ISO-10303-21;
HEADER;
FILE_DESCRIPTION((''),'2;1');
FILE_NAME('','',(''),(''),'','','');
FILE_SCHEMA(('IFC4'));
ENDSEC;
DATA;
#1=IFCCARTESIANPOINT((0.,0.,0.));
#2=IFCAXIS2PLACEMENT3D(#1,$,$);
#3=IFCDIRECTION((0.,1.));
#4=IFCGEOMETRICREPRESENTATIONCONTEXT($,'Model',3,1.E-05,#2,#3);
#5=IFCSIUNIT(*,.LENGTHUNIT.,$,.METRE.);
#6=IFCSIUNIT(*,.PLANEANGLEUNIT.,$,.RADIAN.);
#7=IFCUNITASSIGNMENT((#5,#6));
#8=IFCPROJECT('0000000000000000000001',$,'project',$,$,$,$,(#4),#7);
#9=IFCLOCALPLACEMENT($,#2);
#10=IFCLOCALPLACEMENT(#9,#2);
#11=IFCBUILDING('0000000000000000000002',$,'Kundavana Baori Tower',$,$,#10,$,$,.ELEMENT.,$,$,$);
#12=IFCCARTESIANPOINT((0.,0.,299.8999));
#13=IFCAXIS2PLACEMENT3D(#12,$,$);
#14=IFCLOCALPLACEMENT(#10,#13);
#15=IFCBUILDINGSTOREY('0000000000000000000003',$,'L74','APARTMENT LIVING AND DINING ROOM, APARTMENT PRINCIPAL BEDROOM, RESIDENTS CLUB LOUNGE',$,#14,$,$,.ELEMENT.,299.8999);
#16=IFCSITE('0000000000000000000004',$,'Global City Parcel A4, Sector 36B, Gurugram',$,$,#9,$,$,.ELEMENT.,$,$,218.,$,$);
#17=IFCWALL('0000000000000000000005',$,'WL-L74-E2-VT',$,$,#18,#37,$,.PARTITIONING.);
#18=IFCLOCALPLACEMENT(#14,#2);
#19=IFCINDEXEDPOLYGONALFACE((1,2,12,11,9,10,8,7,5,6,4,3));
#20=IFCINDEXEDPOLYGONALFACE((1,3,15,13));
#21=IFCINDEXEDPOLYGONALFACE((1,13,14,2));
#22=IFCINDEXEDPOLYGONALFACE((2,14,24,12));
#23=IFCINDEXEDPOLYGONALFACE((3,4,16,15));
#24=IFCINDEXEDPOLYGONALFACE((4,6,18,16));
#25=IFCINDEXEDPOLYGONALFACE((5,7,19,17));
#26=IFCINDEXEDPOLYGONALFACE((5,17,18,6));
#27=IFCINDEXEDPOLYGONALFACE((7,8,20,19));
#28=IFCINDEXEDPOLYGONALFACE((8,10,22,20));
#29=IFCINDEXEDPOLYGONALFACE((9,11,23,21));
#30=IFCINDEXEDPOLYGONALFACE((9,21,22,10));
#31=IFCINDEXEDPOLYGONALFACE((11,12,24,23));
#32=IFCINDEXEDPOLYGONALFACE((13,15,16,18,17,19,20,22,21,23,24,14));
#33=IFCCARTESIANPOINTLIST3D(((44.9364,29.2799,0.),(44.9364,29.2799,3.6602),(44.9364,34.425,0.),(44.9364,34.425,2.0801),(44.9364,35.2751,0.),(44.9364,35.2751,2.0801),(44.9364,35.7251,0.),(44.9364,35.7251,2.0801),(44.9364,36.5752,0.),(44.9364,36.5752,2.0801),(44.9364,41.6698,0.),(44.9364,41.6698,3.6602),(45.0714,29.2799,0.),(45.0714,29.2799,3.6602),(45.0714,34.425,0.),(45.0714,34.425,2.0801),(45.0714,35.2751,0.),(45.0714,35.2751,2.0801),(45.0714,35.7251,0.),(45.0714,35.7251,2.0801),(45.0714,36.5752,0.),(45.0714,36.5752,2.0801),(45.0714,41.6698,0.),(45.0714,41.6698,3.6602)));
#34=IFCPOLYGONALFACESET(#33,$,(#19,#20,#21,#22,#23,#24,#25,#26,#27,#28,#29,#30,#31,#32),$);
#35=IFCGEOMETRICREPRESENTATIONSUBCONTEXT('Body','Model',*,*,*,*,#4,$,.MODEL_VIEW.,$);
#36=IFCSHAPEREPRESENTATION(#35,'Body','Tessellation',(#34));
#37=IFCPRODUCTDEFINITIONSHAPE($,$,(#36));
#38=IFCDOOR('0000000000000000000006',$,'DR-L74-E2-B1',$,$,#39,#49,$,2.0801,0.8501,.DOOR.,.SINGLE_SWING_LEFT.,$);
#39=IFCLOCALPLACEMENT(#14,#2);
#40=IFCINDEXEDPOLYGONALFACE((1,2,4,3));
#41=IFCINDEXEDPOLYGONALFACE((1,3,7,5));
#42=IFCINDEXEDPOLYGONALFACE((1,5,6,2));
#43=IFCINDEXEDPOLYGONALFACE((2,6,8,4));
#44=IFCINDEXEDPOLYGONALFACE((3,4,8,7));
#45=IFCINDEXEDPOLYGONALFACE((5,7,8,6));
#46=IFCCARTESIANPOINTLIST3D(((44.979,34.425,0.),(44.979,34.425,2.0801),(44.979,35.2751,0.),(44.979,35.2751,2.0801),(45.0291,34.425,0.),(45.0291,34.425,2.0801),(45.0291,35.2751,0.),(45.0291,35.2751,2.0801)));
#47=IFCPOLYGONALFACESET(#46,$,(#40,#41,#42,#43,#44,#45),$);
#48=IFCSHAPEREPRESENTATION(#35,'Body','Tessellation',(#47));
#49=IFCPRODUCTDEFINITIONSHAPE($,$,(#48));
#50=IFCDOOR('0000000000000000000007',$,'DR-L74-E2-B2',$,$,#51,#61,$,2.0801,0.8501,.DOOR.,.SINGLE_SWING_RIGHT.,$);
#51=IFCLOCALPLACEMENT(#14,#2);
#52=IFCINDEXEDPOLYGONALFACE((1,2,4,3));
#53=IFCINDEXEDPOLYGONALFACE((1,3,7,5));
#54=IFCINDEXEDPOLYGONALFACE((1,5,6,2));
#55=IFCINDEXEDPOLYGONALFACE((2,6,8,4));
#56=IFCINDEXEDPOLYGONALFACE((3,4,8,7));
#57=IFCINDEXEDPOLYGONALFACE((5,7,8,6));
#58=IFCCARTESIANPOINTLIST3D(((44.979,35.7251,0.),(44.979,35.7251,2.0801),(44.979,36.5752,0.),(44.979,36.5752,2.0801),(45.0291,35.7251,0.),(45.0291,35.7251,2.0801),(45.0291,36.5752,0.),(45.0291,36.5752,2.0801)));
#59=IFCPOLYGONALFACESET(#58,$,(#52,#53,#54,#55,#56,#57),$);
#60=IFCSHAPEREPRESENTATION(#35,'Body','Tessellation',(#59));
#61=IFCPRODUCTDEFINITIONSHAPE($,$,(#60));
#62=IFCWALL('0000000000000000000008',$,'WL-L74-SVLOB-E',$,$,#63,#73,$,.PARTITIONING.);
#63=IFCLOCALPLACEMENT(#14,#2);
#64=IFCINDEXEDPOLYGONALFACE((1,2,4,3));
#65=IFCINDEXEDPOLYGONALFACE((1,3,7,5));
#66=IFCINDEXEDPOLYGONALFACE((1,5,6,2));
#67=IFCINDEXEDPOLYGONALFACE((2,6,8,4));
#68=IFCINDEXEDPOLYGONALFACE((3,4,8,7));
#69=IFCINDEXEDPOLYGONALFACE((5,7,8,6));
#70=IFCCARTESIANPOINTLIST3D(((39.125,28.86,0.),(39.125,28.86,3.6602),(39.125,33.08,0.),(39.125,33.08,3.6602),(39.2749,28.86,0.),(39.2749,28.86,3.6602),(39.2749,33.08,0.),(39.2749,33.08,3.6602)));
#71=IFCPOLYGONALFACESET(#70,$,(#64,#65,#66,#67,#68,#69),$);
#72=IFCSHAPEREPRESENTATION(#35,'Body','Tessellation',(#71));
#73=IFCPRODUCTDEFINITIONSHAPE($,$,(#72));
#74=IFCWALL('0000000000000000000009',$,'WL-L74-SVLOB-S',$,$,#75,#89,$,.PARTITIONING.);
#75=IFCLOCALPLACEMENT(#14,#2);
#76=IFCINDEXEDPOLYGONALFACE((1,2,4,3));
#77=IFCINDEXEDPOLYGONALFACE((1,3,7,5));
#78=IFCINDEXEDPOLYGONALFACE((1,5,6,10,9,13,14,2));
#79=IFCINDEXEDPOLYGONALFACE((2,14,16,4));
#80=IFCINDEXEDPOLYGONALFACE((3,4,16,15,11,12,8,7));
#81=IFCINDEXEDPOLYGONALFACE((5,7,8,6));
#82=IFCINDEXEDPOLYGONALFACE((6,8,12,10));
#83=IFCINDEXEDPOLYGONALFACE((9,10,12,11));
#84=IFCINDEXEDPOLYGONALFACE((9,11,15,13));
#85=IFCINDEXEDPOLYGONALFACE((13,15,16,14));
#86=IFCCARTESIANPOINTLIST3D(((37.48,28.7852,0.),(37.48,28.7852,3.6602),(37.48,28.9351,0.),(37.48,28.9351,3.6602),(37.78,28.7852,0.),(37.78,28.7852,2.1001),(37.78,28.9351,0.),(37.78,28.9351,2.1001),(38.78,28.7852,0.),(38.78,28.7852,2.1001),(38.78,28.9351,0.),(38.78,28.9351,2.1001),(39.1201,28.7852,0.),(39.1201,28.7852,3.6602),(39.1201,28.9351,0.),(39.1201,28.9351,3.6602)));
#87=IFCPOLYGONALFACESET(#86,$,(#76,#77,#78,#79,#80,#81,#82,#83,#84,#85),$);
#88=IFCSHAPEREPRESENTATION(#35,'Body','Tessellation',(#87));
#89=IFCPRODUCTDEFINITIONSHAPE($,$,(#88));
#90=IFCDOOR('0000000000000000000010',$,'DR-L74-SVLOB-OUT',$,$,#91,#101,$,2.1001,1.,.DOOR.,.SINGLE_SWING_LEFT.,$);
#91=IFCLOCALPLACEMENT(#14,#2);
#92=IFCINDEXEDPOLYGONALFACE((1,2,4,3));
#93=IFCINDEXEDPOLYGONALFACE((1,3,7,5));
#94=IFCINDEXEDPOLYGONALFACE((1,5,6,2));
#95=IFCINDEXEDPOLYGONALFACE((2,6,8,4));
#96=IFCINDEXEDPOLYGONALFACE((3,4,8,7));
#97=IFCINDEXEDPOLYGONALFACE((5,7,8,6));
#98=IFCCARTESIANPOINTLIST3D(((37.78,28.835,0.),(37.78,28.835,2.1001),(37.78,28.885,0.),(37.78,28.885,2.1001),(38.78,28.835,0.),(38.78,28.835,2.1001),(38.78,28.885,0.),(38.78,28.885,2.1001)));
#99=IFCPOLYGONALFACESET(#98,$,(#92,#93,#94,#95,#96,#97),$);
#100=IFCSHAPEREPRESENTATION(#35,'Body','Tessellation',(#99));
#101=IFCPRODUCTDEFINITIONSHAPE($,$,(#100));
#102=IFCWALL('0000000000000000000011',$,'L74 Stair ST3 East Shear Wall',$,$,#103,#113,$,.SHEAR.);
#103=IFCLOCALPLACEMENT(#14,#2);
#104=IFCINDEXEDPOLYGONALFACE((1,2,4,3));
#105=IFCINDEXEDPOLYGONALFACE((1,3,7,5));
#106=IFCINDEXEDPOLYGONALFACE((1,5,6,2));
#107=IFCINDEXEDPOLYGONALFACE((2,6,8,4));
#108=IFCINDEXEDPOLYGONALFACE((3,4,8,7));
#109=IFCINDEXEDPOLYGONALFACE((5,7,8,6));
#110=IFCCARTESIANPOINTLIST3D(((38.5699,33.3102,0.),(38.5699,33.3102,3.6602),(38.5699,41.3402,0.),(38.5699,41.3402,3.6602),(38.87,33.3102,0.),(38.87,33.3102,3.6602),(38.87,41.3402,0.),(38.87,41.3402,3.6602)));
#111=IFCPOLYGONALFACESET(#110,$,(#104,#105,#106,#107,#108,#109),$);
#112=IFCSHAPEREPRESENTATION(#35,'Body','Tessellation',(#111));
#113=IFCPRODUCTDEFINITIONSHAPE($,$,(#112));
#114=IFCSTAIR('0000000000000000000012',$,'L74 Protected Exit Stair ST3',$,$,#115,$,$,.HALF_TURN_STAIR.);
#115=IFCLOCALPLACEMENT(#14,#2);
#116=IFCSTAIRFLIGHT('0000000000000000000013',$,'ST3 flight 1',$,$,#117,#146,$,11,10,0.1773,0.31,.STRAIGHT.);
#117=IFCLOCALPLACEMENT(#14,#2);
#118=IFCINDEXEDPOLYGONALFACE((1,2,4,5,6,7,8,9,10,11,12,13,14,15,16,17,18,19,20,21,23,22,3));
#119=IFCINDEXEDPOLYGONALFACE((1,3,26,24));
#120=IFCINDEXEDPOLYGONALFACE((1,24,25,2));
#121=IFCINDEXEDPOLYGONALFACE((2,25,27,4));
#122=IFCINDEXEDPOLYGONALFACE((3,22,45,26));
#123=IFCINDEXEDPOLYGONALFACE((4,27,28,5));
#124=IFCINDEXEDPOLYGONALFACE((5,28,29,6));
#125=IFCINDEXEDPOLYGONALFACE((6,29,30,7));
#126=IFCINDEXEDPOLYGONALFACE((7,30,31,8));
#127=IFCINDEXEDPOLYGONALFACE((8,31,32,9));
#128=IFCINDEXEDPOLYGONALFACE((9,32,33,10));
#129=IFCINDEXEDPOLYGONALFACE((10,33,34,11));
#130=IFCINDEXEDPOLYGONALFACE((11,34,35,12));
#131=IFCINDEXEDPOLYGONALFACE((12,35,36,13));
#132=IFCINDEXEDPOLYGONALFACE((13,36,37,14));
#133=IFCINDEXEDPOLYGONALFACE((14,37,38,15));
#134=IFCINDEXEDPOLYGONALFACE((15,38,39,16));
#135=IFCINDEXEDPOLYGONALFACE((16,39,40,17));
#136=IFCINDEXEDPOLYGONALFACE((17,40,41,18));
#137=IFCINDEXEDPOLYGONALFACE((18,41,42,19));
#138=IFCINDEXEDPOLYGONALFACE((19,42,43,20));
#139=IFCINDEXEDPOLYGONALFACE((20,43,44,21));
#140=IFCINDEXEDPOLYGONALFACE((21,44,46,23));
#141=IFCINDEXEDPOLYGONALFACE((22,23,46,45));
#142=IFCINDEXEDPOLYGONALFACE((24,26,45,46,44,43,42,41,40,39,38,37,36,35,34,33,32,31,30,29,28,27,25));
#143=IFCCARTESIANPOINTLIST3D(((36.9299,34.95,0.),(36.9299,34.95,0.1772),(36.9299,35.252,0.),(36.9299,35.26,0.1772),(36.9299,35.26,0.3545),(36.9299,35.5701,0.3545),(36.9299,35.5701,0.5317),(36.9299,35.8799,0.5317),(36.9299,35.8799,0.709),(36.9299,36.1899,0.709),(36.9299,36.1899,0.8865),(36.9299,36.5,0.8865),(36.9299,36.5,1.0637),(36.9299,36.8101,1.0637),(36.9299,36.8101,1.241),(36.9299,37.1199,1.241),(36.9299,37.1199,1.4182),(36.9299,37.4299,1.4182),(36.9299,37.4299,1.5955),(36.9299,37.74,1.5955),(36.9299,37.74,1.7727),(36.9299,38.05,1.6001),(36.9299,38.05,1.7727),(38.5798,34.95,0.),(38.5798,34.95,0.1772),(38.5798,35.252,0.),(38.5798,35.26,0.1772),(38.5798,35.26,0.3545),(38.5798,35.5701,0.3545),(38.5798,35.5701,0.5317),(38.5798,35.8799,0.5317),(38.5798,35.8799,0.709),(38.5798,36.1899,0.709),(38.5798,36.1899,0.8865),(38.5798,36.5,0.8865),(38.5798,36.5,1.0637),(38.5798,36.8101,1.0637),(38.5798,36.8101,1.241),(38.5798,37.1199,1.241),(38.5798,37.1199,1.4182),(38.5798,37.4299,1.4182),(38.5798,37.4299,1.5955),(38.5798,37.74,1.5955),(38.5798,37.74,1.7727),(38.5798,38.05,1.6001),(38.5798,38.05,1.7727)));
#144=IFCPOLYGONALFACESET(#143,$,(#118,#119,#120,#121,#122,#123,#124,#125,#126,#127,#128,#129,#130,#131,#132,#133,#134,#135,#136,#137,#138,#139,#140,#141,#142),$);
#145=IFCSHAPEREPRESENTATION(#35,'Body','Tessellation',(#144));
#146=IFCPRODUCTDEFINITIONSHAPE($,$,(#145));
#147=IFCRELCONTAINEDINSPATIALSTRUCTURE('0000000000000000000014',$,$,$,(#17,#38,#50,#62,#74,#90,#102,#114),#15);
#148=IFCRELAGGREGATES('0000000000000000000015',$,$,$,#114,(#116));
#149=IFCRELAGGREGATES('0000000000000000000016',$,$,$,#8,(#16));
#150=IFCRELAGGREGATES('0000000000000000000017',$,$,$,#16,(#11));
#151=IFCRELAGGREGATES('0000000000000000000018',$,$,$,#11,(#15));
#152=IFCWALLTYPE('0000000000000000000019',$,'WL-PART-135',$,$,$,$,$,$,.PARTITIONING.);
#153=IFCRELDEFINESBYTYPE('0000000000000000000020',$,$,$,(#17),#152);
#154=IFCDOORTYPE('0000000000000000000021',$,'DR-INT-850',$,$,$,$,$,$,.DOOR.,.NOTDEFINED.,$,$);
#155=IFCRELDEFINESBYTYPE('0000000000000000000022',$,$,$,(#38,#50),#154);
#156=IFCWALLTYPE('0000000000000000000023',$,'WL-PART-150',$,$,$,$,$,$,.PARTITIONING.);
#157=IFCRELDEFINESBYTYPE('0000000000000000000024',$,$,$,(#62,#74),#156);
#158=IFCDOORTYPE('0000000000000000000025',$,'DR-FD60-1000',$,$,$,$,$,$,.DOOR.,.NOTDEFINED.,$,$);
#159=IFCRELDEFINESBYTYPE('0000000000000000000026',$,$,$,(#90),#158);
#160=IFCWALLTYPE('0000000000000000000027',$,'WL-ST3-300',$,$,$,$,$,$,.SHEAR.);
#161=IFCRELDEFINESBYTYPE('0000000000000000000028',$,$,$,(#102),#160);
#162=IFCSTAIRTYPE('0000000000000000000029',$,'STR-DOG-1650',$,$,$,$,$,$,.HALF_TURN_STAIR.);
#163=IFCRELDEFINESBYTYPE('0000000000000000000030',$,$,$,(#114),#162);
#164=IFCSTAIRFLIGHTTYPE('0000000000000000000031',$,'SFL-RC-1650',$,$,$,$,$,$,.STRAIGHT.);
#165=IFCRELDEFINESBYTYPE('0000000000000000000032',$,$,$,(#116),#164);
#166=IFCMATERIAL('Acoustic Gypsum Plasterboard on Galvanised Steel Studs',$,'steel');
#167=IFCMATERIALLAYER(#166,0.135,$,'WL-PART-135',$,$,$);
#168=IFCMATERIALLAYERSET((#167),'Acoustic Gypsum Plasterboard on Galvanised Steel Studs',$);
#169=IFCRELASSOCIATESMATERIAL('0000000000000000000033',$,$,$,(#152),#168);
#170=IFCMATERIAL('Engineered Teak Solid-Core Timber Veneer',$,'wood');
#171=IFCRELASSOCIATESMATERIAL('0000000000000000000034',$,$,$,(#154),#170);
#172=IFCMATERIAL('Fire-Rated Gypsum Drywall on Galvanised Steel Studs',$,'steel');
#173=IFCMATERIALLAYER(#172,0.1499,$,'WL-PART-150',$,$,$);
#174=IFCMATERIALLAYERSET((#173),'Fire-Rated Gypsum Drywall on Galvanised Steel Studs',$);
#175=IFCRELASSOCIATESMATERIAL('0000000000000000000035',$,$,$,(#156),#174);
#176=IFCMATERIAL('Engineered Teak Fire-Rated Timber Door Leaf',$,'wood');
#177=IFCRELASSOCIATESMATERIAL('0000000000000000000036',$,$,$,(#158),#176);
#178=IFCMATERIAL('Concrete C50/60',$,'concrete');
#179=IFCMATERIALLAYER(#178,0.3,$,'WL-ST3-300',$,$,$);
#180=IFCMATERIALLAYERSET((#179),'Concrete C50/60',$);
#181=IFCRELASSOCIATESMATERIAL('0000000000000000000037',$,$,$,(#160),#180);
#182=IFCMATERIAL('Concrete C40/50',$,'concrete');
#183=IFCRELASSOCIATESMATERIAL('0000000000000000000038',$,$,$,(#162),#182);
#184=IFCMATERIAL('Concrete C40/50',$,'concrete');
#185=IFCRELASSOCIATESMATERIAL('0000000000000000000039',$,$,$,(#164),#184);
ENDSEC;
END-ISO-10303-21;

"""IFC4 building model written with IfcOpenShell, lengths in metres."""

from ifc_helpers import new_model, si_unit, direction, frame, frame_2d, origin, place, context, subcontext, project, spatial, polyline, rectangle, outline, extrude, material, layer, layer_set, type_object, element, fill, aggregate, save


model = new_model("IFC4")

# Units and contexts
model_context = context("Model", 3, precision=1e-05, world=origin(), true_north=direction((0.0, 1.0)))
body_context = subcontext(model_context, "Body", "Model", "MODEL_VIEW")
ifc_project = project(units=[si_unit("LENGTHUNIT", "METRE"), si_unit("PLANEANGLEUNIT", "RADIAN")], contexts=[model_context])

# Site, building, storey
site_placement = place(None, origin())
site = spatial("IfcSite", under=ifc_project, at=site_placement, Name="Global City Parcel A4, Sector 36B, Gurugram", CompositionType="ELEMENT", RefElevation=218.0)
building_placement = place(site_placement, origin())
building = spatial("IfcBuilding", under=site, at=building_placement, Name="Kundavana Baori Tower", CompositionType="ELEMENT")
storey_placement = place(building_placement, frame((0.0, 0.0, 299.8999)))
storey = spatial("IfcBuildingStorey", under=building, at=storey_placement, Name="L74", Description="APARTMENT LIVING AND DINING ROOM, APARTMENT PRINCIPAL BEDROOM, RESIDENTS CLUB LOUNGE", CompositionType="ELEMENT", Elevation=299.8999)

# Shared definitions
ifc_material_1 = material(Name="Acoustic Gypsum Plasterboard on Galvanised Steel Studs", Category="steel")
ifc_layer_1 = layer(ifc_material_1, 0.135, Name="WL-PART-135")
ifc_layer_set_1 = layer_set([ifc_layer_1], Name="Acoustic Gypsum Plasterboard on Galvanised Steel Studs")
wall_type_1 = type_object("IfcWallType", Name="WL-PART-135", PredefinedType="PARTITIONING", material=ifc_layer_set_1)

# Wall, openings, doors
wall_1_placement = place(storey_placement, frame((45.0039, 29.28, 0.0), z_axis=(0.0, 0.0, 1.0), x_axis=(0.0, 1.0, 0.0)))
wall_1 = element("IfcWall", 1, at=wall_1_placement, inside=storey, type_object=wall_type_1, Name="WL-L74-E2-VT", PredefinedType="PARTITIONING", context=body_context, shape_type="SweptSolid", body=[
    extrude(rectangle(XDim=12.3899, YDim=0.135, at=frame_2d((6.1948, 0.0))), origin(), (0.0, 0.0, 1.0), 3.6602),
])
opening_1_placement = place(wall_1_placement, frame((5.145, 0.0, 0.0)))
opening_1 = element("IfcOpeningElement", 2, at=opening_1_placement, cuts=wall_1, PredefinedType="OPENING", context=body_context, shape_type="SweptSolid", body=[
    extrude(rectangle(XDim=0.8501, YDim=2.0801, at=frame_2d((0.425, 1.04))), frame((0.0, 0.0776, 0.0), z_axis=(0.0, -1.0, 0.0), x_axis=(1.0, 0.0, 0.0)), (0.0, 0.0, 1.0), 0.155),
])
opening_2_placement = place(wall_1_placement, frame((6.4451, 0.0, 0.0)))
opening_2 = element("IfcOpeningElement", 3, at=opening_2_placement, cuts=wall_1, PredefinedType="OPENING", context=body_context, shape_type="SweptSolid", body=[
    extrude(rectangle(XDim=0.8501, YDim=2.0801, at=frame_2d((0.425, 1.04))), frame((0.0, 0.0776, 0.0), z_axis=(0.0, -1.0, 0.0), x_axis=(1.0, 0.0, 0.0)), (0.0, 0.0, 1.0), 0.155),
])
ifc_material_2 = material(Name="Engineered Teak Solid-Core Timber Veneer", Category="wood")
door_type_1 = type_object("IfcDoorType", Name="DR-INT-850", OperationType="NOTDEFINED", PredefinedType="DOOR", material=ifc_material_2)
door_1_placement = place(opening_1_placement, origin())
door_1 = element("IfcDoor", 4, at=door_1_placement, inside=storey, type_object=door_type_1, Name="DR-L74-E2-B1", OperationType="SINGLE_SWING_LEFT", OverallHeight=2.0801, OverallWidth=0.8501, PredefinedType="DOOR", context=body_context, shape_type="SweptSolid", body=[
    extrude(rectangle(XDim=0.8501, YDim=2.0801, at=frame_2d((0.425, 1.04))), frame((0.0, 0.0249, 0.0), z_axis=(0.0, -1.0, 0.0), x_axis=(1.0, 0.0, 0.0)), (0.0, 0.0, 1.0), 0.05),
])
fill(opening_1, door_1)
door_2_placement = place(opening_2_placement, origin())
door_2 = element("IfcDoor", 5, at=door_2_placement, inside=storey, type_object=door_type_1, Name="DR-L74-E2-B2", OperationType="SINGLE_SWING_RIGHT", OverallHeight=2.0801, OverallWidth=0.8501, PredefinedType="DOOR", context=body_context, shape_type="SweptSolid", body=[
    extrude(rectangle(XDim=0.8501, YDim=2.0801, at=frame_2d((0.425, 1.04))), frame((0.0, 0.0249, 0.0), z_axis=(0.0, -1.0, 0.0), x_axis=(1.0, 0.0, 0.0)), (0.0, 0.0, 1.0), 0.05),
])
fill(opening_2, door_2)

# Wall
ifc_material_3 = material(Name="Fire-Rated Gypsum Drywall on Galvanised Steel Studs", Category="steel")
ifc_layer_2 = layer(ifc_material_3, 0.1499, Name="WL-PART-150")
ifc_layer_set_2 = layer_set([ifc_layer_2], Name="Fire-Rated Gypsum Drywall on Galvanised Steel Studs")
wall_type_2 = type_object("IfcWallType", Name="WL-PART-150", PredefinedType="PARTITIONING", material=ifc_layer_set_2)
wall_2_placement = place(storey_placement, frame((39.2, 28.8601, 0.0), z_axis=(0.0, 0.0, 1.0), x_axis=(0.0, 1.0, 0.0)))
element("IfcWall", 6, at=wall_2_placement, inside=storey, type_object=wall_type_2, Name="WL-L74-SVLOB-E", PredefinedType="PARTITIONING", context=body_context, shape_type="SweptSolid", body=[
    extrude(rectangle(XDim=4.22, YDim=0.1499, at=frame_2d((2.1099, 0.0))), origin(), (0.0, 0.0, 1.0), 3.6602),
])

# Wall, opening, door
wall_3_placement = place(storey_placement, frame((37.48, 28.8601, 0.0), z_axis=(0.0, 0.0, 1.0), x_axis=(1.0, 0.0, 0.0)))
wall_3 = element("IfcWall", 7, at=wall_3_placement, inside=storey, type_object=wall_type_2, Name="WL-L74-SVLOB-S", PredefinedType="PARTITIONING", context=body_context, shape_type="SweptSolid", body=[
    extrude(rectangle(XDim=1.6401, YDim=0.1499, at=frame_2d((0.8201, 0.0))), origin(), (0.0, 0.0, 1.0), 3.6602),
])
opening_3_placement = place(wall_3_placement, frame((0.3, 0.0, 0.0)))
opening_3 = element("IfcOpeningElement", 8, at=opening_3_placement, cuts=wall_3, PredefinedType="OPENING", context=body_context, shape_type="SweptSolid", body=[
    extrude(rectangle(XDim=1.0, YDim=2.1001, at=frame_2d((0.5, 1.05))), frame((0.0, 0.085, 0.0), z_axis=(0.0, -1.0, 0.0), x_axis=(1.0, 0.0, 0.0)), (0.0, 0.0, 1.0), 0.1699),
])
ifc_material_4 = material(Name="Engineered Teak Fire-Rated Timber Door Leaf", Category="wood")
door_type_2 = type_object("IfcDoorType", Name="DR-FD60-1000", OperationType="NOTDEFINED", PredefinedType="DOOR", material=ifc_material_4)
door_3_placement = place(opening_3_placement, origin())
door_3 = element("IfcDoor", 9, at=door_3_placement, inside=storey, type_object=door_type_2, Name="DR-L74-SVLOB-OUT", OperationType="SINGLE_SWING_LEFT", OverallHeight=2.1001, OverallWidth=1.0, PredefinedType="DOOR", context=body_context, shape_type="SweptSolid", body=[
    extrude(rectangle(XDim=1.0, YDim=2.1001, at=frame_2d((0.5, 1.05))), frame((0.0, 0.0249, 0.0), z_axis=(0.0, -1.0, 0.0), x_axis=(1.0, 0.0, 0.0)), (0.0, 0.0, 1.0), 0.05),
])
fill(opening_3, door_3)

# Wall
ifc_material_5 = material(Name="Concrete C50/60", Category="concrete")
ifc_layer_3 = layer(ifc_material_5, 0.3, Name="WL-ST3-300")
ifc_layer_set_3 = layer_set([ifc_layer_3], Name="Concrete C50/60")
wall_type_3 = type_object("IfcWallType", Name="WL-ST3-300", PredefinedType="SHEAR", material=ifc_layer_set_3)
wall_4_placement = place(storey_placement, frame((38.72, 33.3101, 0.0), z_axis=(0.0, 0.0, 1.0), x_axis=(0.0, 1.0, 0.0)))
element("IfcWall", 10, at=wall_4_placement, inside=storey, type_object=wall_type_3, Name="L74 Stair ST3 East Shear Wall", PredefinedType="SHEAR", context=body_context, shape_type="SweptSolid", body=[
    extrude(rectangle(XDim=8.03, YDim=0.3, at=frame_2d((4.0151, 0.0))), origin(), (0.0, 0.0, 1.0), 3.6602),
])

# Stair, stair flight
ifc_material_6 = material(Name="Concrete C40/50", Category="concrete")
stair_type = type_object("IfcStairType", Name="STR-DOG-1650", PredefinedType="HALF_TURN_STAIR", material=ifc_material_6)
stair_placement = place(storey_placement, origin())
stair = element("IfcStair", 11, at=stair_placement, inside=storey, type_object=stair_type, Name="L74 Protected Exit Stair ST3", PredefinedType="HALF_TURN_STAIR")
ifc_material_7 = material(Name="Concrete C40/50", Category="concrete")
stair_flight_type = type_object("IfcStairFlightType", Name="SFL-RC-1650", PredefinedType="STRAIGHT", material=ifc_material_7)
stair_flight_placement = place(storey_placement, frame((37.7549, 34.95, 0.0), z_axis=(0.0, 0.0, 1.0), x_axis=(0.0, 1.0, 0.0)))
stair_flight = element("IfcStairFlight", 12, at=stair_flight_placement, type_object=stair_flight_type, Name="ST3 flight 1", NumberOfRisers=11, NumberOfTreads=10, PredefinedType="STRAIGHT", RiserHeight=0.1773, TreadLength=0.31, context=body_context, shape_type="SweptSolid", body=[
    extrude(outline(polyline([(0.0, 0.0), (0.0, 0.1772), (0.3101, 0.1772), (0.3101, 0.3545), (0.6201, 0.3545), (0.6201, 0.5317), (0.9299, 0.5317), (0.9299, 0.709), (1.24, 0.709), (1.24, 0.8865), (1.55, 0.8865), (1.55, 1.0637), (1.8601, 1.0637), (1.8601, 1.241), (2.1699, 1.241), (2.1699, 1.4182), (2.48, 1.4182), (2.48, 1.5955), (2.79, 1.5955), (2.79, 1.7727), (3.1001, 1.7727), (3.1001, 1.95), (3.1001, 1.6001), (0.302, 0.0), (0.0, 0.0)])), frame((0.0, 0.825, 0.0), z_axis=(0.0, -1.0, 0.0), x_axis=(1.0, 0.0, 0.0)), (0.0, 0.0, 1.0), 1.6499),
])
aggregate(stair, [stair_flight])

save(model, "model.ifc")
